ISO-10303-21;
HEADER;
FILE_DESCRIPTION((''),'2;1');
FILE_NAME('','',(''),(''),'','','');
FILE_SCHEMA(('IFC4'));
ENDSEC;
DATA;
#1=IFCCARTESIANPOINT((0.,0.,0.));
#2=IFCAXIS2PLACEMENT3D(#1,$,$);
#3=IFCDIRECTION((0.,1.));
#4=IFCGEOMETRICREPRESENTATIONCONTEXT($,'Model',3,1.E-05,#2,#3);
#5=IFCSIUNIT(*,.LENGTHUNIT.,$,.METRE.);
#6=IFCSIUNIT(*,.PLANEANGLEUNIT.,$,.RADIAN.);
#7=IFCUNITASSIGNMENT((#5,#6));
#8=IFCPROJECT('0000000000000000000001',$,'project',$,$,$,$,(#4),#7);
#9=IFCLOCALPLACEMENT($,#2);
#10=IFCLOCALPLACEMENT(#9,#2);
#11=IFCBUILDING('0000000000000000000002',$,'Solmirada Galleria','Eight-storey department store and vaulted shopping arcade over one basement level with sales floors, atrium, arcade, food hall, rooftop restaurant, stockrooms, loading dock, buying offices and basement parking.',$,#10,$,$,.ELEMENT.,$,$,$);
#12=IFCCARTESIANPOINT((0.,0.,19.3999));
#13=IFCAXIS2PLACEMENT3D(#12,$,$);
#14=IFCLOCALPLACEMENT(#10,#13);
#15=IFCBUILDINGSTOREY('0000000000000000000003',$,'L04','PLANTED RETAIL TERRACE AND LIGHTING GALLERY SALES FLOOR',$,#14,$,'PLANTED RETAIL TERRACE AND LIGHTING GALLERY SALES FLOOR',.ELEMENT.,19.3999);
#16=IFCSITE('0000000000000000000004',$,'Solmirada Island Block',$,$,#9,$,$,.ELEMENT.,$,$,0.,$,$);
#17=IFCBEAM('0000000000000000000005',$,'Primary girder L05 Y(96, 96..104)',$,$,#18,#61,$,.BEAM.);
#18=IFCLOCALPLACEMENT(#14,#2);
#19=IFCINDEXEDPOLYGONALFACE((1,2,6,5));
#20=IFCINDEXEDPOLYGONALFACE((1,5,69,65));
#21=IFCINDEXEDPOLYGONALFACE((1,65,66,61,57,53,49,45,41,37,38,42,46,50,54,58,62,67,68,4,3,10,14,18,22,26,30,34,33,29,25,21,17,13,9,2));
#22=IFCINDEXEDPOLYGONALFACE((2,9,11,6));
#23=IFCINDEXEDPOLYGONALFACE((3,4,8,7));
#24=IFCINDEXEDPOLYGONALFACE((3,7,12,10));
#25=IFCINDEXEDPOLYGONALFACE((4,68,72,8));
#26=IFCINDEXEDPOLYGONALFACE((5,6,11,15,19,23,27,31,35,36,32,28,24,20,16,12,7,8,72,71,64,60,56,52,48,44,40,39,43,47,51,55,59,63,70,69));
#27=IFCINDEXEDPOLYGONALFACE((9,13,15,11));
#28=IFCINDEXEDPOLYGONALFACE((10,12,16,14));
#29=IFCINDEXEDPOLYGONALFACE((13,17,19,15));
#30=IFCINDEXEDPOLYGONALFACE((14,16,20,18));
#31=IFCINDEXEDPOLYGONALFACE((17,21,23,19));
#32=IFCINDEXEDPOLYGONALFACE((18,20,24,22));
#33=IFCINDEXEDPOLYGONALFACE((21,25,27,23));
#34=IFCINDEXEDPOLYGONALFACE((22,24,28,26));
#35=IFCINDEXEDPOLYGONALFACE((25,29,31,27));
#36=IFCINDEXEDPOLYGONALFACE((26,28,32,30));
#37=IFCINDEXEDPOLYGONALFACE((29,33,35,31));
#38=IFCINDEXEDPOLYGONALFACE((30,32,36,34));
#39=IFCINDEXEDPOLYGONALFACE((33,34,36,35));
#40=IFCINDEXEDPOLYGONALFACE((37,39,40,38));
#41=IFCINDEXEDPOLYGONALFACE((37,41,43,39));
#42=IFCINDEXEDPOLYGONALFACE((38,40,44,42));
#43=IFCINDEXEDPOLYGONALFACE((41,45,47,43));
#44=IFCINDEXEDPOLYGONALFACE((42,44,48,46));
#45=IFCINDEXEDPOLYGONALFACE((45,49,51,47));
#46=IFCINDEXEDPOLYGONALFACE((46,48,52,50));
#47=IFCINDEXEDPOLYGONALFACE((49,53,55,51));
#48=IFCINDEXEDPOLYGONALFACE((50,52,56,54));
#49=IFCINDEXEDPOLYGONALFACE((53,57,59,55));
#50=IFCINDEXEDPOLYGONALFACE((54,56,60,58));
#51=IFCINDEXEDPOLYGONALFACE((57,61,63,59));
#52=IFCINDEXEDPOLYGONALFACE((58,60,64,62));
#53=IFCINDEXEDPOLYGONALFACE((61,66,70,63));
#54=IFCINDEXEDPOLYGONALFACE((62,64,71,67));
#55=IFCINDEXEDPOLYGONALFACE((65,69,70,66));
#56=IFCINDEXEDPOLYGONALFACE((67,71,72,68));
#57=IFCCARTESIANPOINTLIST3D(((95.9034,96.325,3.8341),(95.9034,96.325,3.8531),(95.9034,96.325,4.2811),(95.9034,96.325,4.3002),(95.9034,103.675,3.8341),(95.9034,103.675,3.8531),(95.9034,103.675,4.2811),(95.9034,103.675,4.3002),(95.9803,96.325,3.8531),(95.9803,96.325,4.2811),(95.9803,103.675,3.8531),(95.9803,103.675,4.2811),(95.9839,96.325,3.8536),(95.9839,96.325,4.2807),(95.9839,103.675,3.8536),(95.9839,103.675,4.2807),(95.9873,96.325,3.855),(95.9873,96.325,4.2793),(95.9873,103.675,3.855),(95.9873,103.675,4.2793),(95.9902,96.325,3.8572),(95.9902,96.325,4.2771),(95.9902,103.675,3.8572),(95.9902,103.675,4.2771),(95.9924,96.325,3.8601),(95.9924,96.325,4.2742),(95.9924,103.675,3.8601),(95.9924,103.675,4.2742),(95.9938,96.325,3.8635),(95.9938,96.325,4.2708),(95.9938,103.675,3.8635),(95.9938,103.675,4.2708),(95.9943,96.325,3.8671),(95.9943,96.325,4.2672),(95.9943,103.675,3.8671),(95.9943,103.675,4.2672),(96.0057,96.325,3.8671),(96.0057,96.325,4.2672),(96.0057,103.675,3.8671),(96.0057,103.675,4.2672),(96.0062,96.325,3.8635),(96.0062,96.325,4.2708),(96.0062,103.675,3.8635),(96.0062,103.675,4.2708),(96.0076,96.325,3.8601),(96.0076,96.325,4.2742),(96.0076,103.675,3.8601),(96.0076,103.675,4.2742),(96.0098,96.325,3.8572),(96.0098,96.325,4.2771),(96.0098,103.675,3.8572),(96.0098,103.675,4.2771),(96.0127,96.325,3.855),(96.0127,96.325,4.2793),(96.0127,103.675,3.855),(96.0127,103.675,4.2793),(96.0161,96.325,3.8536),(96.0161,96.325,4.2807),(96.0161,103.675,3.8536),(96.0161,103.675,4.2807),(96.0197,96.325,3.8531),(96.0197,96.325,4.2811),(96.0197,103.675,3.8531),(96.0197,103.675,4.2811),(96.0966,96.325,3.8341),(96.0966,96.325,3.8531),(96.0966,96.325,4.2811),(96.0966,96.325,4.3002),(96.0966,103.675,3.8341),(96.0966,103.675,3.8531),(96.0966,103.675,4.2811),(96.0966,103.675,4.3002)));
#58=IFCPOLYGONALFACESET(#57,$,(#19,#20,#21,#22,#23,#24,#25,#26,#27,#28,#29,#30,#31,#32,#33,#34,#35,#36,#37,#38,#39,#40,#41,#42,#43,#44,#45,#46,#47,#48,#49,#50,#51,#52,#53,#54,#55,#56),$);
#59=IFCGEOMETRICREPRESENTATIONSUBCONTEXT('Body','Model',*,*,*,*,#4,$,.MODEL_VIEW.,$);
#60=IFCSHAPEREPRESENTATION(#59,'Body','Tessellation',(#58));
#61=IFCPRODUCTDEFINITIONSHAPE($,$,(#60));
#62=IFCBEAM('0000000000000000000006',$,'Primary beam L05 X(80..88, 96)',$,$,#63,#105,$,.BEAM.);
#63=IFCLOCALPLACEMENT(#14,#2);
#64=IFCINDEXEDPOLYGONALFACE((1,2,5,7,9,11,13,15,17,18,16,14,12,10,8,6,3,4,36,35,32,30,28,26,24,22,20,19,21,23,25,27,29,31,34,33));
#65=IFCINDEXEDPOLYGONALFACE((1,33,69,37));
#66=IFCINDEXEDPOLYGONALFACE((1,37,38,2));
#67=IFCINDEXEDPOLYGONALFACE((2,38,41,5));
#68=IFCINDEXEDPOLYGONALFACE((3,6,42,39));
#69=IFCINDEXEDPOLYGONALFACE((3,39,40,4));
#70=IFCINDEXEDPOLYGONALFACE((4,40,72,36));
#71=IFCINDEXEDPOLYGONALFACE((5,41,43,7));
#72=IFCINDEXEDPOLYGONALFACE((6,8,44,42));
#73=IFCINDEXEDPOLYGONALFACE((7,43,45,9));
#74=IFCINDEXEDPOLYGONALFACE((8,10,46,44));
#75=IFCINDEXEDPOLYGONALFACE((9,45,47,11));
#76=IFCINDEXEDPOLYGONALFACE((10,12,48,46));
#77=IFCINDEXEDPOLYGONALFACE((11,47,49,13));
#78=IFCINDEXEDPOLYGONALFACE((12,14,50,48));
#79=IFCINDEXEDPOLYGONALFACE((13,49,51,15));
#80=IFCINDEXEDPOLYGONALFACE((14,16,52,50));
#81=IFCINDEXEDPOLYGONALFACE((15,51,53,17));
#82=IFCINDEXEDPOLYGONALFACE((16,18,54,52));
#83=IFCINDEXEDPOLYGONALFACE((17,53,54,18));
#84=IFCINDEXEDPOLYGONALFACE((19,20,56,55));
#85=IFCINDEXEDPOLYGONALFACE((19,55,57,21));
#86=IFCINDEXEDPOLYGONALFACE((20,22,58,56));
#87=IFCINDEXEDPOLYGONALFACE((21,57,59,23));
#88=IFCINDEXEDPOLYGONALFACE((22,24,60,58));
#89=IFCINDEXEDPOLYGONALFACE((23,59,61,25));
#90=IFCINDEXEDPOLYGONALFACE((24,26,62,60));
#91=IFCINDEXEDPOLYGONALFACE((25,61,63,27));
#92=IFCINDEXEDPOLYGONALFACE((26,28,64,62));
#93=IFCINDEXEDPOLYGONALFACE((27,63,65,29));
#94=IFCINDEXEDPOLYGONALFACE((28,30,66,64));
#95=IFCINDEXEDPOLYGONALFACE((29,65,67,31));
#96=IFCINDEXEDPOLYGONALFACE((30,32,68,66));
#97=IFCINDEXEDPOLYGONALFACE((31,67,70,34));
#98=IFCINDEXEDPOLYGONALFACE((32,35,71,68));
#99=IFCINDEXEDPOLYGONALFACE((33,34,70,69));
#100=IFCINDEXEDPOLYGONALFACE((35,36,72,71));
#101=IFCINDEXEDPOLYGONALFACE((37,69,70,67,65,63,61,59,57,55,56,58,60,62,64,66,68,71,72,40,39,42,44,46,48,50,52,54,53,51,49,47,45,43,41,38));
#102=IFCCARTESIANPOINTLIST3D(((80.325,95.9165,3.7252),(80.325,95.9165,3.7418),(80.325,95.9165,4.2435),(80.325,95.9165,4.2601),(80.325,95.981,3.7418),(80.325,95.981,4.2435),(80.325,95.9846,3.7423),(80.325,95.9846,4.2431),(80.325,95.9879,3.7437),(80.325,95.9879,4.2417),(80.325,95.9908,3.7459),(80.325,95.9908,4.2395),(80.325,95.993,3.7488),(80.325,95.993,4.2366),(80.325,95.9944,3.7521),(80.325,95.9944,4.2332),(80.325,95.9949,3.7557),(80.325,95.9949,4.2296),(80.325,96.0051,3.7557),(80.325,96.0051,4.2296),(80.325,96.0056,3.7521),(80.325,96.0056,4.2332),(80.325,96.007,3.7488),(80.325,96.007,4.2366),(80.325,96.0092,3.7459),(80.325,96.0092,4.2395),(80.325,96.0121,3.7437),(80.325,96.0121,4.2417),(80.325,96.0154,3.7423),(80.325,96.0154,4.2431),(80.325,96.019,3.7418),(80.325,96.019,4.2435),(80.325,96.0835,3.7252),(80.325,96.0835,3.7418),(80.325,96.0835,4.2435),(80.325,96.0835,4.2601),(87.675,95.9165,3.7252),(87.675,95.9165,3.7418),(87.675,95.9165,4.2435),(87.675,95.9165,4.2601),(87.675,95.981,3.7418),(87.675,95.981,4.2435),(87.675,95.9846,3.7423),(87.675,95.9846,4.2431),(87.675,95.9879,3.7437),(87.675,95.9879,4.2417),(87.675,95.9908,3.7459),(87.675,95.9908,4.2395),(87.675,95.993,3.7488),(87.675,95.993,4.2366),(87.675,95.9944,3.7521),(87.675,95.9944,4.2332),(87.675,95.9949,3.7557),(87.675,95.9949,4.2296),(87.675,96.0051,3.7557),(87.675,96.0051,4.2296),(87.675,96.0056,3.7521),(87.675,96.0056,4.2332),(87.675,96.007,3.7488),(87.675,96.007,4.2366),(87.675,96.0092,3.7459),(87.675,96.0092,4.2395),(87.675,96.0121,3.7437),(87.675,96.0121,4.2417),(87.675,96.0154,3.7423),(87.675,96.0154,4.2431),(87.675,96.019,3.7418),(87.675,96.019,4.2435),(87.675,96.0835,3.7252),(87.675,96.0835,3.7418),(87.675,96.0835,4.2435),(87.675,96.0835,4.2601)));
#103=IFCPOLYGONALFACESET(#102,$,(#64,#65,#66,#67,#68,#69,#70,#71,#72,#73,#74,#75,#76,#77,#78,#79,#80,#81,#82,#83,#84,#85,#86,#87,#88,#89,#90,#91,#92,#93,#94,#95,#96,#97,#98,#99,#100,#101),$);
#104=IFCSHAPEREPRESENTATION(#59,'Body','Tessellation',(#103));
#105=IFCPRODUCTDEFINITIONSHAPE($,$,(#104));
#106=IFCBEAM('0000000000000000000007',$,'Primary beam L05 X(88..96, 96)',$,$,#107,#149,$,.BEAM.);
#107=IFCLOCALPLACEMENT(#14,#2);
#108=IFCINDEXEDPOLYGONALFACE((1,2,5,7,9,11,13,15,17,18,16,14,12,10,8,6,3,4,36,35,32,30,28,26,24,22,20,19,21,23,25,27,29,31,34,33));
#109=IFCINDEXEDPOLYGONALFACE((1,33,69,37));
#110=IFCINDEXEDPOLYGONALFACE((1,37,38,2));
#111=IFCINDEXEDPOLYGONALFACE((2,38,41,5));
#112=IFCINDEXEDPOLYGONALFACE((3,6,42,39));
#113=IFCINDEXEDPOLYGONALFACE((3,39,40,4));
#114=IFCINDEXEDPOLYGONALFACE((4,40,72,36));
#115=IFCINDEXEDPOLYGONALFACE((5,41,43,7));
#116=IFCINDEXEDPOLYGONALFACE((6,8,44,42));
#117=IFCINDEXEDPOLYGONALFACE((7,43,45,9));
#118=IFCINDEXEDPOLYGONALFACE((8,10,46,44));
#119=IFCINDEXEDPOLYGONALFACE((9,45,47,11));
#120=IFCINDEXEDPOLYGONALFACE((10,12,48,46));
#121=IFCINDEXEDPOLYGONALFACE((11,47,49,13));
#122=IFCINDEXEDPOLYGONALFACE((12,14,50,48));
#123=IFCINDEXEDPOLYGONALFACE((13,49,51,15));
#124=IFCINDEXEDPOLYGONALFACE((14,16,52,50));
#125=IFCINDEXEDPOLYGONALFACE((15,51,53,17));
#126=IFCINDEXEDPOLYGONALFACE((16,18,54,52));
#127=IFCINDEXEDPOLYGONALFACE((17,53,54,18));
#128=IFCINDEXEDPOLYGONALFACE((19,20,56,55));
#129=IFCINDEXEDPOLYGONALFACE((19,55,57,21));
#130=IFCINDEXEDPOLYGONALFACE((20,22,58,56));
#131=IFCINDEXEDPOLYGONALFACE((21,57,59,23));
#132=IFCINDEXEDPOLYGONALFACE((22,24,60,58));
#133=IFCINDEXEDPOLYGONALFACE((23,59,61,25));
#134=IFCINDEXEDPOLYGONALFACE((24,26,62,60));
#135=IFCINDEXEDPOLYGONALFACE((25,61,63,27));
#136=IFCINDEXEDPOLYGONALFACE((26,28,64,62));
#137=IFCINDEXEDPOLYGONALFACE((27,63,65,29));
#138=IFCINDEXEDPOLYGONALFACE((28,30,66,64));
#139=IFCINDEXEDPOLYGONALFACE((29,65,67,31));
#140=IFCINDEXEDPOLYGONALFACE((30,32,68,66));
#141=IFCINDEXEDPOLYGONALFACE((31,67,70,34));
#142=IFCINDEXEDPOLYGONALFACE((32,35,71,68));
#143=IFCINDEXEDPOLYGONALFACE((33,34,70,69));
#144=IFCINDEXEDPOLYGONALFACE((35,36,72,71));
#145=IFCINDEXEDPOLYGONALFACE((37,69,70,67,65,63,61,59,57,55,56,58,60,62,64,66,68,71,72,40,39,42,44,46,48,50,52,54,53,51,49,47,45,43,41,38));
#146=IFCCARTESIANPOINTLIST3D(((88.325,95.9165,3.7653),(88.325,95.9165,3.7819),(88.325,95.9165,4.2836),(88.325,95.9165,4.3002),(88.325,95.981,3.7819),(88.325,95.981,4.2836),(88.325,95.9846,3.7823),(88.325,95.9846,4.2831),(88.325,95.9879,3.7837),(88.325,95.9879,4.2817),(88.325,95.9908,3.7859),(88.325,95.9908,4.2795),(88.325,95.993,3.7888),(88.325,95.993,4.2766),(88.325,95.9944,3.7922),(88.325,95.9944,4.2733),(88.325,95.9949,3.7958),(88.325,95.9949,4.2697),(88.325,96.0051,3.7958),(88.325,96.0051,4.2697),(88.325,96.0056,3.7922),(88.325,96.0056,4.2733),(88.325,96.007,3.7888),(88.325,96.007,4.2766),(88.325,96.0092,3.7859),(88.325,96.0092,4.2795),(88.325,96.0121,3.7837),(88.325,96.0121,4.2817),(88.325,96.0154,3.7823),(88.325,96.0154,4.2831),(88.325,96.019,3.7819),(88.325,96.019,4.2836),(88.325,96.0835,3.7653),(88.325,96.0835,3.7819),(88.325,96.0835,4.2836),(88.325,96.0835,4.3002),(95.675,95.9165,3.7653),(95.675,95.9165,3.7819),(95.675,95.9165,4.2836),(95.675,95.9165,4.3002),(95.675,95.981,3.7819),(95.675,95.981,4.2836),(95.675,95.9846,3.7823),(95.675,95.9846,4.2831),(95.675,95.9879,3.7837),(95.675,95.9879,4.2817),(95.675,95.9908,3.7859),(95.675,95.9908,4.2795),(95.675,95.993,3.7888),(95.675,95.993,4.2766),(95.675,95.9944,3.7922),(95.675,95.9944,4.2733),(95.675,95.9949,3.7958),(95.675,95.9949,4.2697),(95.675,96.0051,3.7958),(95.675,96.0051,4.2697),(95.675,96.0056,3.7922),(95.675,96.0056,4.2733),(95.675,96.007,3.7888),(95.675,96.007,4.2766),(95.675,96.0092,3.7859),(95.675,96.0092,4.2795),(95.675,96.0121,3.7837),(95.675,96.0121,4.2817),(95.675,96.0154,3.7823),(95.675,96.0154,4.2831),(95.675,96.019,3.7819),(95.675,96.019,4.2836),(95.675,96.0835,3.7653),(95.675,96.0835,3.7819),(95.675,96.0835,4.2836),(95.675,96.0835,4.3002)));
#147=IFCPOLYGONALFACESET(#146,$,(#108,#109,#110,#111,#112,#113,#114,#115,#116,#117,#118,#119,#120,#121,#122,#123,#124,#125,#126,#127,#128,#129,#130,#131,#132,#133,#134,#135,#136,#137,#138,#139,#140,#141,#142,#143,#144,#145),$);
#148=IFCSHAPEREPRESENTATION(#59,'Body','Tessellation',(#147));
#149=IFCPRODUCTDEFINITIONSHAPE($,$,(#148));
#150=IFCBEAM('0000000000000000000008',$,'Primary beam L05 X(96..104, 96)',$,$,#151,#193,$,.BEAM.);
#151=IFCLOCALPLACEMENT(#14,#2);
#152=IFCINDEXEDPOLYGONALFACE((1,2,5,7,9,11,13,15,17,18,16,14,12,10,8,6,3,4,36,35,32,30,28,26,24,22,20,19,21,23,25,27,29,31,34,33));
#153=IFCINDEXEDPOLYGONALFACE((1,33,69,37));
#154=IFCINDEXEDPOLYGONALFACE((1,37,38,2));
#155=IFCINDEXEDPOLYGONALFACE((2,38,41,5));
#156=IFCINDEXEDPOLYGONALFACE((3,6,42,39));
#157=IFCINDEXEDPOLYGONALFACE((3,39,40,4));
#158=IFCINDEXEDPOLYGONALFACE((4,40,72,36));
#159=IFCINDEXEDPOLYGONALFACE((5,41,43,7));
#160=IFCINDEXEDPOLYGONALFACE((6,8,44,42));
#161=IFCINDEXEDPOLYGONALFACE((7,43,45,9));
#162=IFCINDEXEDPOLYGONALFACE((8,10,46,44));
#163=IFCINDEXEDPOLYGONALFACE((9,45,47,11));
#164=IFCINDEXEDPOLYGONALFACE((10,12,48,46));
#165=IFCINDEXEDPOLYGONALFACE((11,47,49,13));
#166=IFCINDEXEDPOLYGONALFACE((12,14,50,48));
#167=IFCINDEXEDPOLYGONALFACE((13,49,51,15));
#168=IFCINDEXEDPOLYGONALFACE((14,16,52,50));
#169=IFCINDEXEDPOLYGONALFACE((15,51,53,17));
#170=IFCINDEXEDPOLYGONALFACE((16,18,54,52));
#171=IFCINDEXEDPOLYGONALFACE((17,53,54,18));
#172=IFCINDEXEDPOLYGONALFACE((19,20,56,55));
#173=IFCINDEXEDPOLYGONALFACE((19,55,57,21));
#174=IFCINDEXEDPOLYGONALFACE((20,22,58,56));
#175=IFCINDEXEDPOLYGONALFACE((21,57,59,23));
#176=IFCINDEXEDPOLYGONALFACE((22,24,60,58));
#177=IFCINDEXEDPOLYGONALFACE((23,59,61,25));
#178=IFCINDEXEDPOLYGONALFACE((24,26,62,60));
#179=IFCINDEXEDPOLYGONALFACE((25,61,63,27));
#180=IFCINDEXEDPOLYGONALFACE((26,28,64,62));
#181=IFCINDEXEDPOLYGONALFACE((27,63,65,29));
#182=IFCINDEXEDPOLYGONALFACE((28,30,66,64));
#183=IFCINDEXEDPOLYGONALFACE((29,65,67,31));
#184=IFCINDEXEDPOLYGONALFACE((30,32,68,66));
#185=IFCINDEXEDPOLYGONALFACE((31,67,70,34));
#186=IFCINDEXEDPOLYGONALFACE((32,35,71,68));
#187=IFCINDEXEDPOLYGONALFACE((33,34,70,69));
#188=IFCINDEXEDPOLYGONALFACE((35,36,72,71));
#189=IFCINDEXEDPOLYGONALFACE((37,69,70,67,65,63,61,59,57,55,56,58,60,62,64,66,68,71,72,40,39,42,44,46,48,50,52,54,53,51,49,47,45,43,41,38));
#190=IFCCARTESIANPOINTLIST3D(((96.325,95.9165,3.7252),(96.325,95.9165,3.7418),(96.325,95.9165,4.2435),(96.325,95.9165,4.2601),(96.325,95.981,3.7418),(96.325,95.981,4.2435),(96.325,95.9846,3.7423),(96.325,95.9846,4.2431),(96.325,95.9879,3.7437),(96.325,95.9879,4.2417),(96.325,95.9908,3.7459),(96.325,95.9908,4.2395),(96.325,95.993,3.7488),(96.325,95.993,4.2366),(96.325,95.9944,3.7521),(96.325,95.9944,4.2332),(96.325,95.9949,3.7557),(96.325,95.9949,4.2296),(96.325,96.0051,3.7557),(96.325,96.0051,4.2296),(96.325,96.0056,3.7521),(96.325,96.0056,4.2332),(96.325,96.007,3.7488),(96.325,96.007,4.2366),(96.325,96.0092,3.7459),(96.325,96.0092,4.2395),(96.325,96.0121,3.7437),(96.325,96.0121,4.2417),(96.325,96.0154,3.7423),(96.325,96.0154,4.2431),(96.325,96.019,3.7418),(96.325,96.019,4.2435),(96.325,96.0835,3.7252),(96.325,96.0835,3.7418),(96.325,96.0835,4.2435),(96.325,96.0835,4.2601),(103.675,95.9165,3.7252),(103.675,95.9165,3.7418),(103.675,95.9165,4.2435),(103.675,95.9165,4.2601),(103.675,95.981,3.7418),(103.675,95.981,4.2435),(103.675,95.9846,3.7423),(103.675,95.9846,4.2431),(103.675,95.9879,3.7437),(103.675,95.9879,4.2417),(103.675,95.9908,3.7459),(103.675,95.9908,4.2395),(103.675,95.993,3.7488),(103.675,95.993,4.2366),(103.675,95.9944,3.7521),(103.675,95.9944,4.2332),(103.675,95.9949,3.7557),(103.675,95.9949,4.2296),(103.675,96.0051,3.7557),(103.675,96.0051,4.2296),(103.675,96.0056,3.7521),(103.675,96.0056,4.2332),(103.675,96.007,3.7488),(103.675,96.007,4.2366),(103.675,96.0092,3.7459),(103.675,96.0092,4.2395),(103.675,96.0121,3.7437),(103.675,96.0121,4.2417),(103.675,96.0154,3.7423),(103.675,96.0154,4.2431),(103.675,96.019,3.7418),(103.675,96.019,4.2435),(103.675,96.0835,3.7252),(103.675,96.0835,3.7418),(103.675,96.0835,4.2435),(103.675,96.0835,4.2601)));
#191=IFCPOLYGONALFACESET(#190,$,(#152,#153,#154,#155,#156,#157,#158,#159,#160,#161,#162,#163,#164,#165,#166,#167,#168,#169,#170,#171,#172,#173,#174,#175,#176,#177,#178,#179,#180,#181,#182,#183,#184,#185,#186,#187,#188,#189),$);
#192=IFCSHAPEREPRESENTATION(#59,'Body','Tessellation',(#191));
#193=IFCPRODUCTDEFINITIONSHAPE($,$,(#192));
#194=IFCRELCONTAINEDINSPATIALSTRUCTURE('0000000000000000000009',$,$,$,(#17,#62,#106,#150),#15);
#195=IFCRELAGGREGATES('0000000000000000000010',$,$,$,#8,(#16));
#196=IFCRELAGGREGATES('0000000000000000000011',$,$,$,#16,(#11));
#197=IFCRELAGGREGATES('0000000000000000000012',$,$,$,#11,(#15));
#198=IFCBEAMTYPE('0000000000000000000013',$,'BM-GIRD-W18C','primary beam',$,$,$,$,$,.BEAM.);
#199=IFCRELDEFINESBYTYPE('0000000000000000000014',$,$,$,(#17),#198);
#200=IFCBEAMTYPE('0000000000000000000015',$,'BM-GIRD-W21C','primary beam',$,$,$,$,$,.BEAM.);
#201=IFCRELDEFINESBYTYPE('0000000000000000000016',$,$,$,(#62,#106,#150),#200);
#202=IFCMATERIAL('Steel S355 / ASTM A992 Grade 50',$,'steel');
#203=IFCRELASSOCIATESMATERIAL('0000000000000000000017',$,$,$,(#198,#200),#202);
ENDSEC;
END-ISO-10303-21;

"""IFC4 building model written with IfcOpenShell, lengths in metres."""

from ifc_helpers import new_model, si_unit, direction, frame, origin, origin_2d, place, context, subcontext, project, spatial, i_section, extrude, material, material_profile, profile_set, type_object, element, save


model = new_model("IFC4")

# Units and contexts
model_context = context("Model", 3, precision=1e-05, world=origin(), true_north=direction((0.0, 1.0)))
body_context = subcontext(model_context, "Body", "Model", "MODEL_VIEW")
ifc_project = project(units=[si_unit("LENGTHUNIT", "METRE"), si_unit("PLANEANGLEUNIT", "RADIAN")], contexts=[model_context])

# Site, building, storey
site_placement = place(None, origin())
site = spatial("IfcSite", under=ifc_project, at=site_placement, Name="Solmirada Island Block", CompositionType="ELEMENT", RefElevation=0.0)
building_placement = place(site_placement, origin())
building = spatial("IfcBuilding", under=site, at=building_placement, Name="Solmirada Galleria", Description="Eight-storey department store and vaulted shopping arcade over one basement level with sales floors, atrium, arcade, food hall, rooftop restaurant, stockrooms, loading dock, buying offices and basement parking.", CompositionType="ELEMENT")
storey_placement = place(building_placement, frame((0.0, 0.0, 19.3999)))
storey = spatial("IfcBuildingStorey", under=building, at=storey_placement, Name="L04", Description="PLANTED RETAIL TERRACE AND LIGHTING GALLERY SALES FLOOR", LongName="PLANTED RETAIL TERRACE AND LIGHTING GALLERY SALES FLOOR", CompositionType="ELEMENT", Elevation=19.3999)

# Beams
ifc_material_1 = material(Name="Steel S355 / ASTM A992 Grade 50", Category="steel")
ifc_material_profile_1 = material_profile(ifc_material_1, i_section(OverallWidth=0.1931, OverallDepth=0.4661, WebThickness=0.0115, FlangeThickness=0.019, FilletRadius=0.0139, at=origin_2d()), Name="W18X65")
ifc_profile_set_1 = profile_set([ifc_material_profile_1], Name="Steel S355 / ASTM A992 Grade 50")
beam_type_1 = type_object("IfcBeamType", Name="BM-GIRD-W18C", Description="primary beam", PredefinedType="BEAM", material=ifc_profile_set_1)
for number, where, z_axis, x_axis, name in (
    (1, (96.0, 96.325, 4.0671), (0.0, 1.0, 0.0), (-1.0, 0.0, 0.0), "Primary girder L05 Y(96, 96..104)"),
):
    element("IfcBeam", number, at=place(storey_placement, frame(where, z_axis=z_axis, x_axis=x_axis)), inside=storey, type_object=beam_type_1, Name=name, PredefinedType="BEAM", context=body_context, shape_type="SweptSolid", body=[
        extrude(i_section(OverallWidth=0.1931, OverallDepth=0.4661, WebThickness=0.0115, FlangeThickness=0.019, FilletRadius=0.0139, at=origin_2d()), origin(), (0.0, 0.0, 1.0), 7.3501),
    ])
ifc_material_profile_2 = material_profile(ifc_material_1, i_section(OverallWidth=0.167, OverallDepth=0.5349, WebThickness=0.0103, FlangeThickness=0.0166, FilletRadius=0.0139, at=origin_2d()), Name="W21X57")
ifc_profile_set_2 = profile_set([ifc_material_profile_2], Name="Steel S355 / ASTM A992 Grade 50")
beam_type_2 = type_object("IfcBeamType", Name="BM-GIRD-W21C", Description="primary beam", PredefinedType="BEAM", material=ifc_profile_set_2)
for number, where, z_axis, x_axis, name in (
    (2, (80.325, 96.0, 3.9927), (1.0, 0.0, 0.0), (0.0, 1.0, 0.0), "Primary beam L05 X(80..88, 96)"),
    (3, (88.325, 96.0, 4.0327), (1.0, 0.0, 0.0), (0.0, 1.0, 0.0), "Primary beam L05 X(88..96, 96)"),
    (4, (96.325, 96.0, 3.9927), (1.0, 0.0, 0.0), (0.0, 1.0, 0.0), "Primary beam L05 X(96..104, 96)"),
):
    element("IfcBeam", number, at=place(storey_placement, frame(where, z_axis=z_axis, x_axis=x_axis)), inside=storey, type_object=beam_type_2, Name=name, PredefinedType="BEAM", context=body_context, shape_type="SweptSolid", body=[
        extrude(i_section(OverallWidth=0.167, OverallDepth=0.5349, WebThickness=0.0103, FlangeThickness=0.0166, FilletRadius=0.0139, at=origin_2d()), origin(), (0.0, 0.0, 1.0), 7.3501),
    ])

save(model, "model.ifc")
